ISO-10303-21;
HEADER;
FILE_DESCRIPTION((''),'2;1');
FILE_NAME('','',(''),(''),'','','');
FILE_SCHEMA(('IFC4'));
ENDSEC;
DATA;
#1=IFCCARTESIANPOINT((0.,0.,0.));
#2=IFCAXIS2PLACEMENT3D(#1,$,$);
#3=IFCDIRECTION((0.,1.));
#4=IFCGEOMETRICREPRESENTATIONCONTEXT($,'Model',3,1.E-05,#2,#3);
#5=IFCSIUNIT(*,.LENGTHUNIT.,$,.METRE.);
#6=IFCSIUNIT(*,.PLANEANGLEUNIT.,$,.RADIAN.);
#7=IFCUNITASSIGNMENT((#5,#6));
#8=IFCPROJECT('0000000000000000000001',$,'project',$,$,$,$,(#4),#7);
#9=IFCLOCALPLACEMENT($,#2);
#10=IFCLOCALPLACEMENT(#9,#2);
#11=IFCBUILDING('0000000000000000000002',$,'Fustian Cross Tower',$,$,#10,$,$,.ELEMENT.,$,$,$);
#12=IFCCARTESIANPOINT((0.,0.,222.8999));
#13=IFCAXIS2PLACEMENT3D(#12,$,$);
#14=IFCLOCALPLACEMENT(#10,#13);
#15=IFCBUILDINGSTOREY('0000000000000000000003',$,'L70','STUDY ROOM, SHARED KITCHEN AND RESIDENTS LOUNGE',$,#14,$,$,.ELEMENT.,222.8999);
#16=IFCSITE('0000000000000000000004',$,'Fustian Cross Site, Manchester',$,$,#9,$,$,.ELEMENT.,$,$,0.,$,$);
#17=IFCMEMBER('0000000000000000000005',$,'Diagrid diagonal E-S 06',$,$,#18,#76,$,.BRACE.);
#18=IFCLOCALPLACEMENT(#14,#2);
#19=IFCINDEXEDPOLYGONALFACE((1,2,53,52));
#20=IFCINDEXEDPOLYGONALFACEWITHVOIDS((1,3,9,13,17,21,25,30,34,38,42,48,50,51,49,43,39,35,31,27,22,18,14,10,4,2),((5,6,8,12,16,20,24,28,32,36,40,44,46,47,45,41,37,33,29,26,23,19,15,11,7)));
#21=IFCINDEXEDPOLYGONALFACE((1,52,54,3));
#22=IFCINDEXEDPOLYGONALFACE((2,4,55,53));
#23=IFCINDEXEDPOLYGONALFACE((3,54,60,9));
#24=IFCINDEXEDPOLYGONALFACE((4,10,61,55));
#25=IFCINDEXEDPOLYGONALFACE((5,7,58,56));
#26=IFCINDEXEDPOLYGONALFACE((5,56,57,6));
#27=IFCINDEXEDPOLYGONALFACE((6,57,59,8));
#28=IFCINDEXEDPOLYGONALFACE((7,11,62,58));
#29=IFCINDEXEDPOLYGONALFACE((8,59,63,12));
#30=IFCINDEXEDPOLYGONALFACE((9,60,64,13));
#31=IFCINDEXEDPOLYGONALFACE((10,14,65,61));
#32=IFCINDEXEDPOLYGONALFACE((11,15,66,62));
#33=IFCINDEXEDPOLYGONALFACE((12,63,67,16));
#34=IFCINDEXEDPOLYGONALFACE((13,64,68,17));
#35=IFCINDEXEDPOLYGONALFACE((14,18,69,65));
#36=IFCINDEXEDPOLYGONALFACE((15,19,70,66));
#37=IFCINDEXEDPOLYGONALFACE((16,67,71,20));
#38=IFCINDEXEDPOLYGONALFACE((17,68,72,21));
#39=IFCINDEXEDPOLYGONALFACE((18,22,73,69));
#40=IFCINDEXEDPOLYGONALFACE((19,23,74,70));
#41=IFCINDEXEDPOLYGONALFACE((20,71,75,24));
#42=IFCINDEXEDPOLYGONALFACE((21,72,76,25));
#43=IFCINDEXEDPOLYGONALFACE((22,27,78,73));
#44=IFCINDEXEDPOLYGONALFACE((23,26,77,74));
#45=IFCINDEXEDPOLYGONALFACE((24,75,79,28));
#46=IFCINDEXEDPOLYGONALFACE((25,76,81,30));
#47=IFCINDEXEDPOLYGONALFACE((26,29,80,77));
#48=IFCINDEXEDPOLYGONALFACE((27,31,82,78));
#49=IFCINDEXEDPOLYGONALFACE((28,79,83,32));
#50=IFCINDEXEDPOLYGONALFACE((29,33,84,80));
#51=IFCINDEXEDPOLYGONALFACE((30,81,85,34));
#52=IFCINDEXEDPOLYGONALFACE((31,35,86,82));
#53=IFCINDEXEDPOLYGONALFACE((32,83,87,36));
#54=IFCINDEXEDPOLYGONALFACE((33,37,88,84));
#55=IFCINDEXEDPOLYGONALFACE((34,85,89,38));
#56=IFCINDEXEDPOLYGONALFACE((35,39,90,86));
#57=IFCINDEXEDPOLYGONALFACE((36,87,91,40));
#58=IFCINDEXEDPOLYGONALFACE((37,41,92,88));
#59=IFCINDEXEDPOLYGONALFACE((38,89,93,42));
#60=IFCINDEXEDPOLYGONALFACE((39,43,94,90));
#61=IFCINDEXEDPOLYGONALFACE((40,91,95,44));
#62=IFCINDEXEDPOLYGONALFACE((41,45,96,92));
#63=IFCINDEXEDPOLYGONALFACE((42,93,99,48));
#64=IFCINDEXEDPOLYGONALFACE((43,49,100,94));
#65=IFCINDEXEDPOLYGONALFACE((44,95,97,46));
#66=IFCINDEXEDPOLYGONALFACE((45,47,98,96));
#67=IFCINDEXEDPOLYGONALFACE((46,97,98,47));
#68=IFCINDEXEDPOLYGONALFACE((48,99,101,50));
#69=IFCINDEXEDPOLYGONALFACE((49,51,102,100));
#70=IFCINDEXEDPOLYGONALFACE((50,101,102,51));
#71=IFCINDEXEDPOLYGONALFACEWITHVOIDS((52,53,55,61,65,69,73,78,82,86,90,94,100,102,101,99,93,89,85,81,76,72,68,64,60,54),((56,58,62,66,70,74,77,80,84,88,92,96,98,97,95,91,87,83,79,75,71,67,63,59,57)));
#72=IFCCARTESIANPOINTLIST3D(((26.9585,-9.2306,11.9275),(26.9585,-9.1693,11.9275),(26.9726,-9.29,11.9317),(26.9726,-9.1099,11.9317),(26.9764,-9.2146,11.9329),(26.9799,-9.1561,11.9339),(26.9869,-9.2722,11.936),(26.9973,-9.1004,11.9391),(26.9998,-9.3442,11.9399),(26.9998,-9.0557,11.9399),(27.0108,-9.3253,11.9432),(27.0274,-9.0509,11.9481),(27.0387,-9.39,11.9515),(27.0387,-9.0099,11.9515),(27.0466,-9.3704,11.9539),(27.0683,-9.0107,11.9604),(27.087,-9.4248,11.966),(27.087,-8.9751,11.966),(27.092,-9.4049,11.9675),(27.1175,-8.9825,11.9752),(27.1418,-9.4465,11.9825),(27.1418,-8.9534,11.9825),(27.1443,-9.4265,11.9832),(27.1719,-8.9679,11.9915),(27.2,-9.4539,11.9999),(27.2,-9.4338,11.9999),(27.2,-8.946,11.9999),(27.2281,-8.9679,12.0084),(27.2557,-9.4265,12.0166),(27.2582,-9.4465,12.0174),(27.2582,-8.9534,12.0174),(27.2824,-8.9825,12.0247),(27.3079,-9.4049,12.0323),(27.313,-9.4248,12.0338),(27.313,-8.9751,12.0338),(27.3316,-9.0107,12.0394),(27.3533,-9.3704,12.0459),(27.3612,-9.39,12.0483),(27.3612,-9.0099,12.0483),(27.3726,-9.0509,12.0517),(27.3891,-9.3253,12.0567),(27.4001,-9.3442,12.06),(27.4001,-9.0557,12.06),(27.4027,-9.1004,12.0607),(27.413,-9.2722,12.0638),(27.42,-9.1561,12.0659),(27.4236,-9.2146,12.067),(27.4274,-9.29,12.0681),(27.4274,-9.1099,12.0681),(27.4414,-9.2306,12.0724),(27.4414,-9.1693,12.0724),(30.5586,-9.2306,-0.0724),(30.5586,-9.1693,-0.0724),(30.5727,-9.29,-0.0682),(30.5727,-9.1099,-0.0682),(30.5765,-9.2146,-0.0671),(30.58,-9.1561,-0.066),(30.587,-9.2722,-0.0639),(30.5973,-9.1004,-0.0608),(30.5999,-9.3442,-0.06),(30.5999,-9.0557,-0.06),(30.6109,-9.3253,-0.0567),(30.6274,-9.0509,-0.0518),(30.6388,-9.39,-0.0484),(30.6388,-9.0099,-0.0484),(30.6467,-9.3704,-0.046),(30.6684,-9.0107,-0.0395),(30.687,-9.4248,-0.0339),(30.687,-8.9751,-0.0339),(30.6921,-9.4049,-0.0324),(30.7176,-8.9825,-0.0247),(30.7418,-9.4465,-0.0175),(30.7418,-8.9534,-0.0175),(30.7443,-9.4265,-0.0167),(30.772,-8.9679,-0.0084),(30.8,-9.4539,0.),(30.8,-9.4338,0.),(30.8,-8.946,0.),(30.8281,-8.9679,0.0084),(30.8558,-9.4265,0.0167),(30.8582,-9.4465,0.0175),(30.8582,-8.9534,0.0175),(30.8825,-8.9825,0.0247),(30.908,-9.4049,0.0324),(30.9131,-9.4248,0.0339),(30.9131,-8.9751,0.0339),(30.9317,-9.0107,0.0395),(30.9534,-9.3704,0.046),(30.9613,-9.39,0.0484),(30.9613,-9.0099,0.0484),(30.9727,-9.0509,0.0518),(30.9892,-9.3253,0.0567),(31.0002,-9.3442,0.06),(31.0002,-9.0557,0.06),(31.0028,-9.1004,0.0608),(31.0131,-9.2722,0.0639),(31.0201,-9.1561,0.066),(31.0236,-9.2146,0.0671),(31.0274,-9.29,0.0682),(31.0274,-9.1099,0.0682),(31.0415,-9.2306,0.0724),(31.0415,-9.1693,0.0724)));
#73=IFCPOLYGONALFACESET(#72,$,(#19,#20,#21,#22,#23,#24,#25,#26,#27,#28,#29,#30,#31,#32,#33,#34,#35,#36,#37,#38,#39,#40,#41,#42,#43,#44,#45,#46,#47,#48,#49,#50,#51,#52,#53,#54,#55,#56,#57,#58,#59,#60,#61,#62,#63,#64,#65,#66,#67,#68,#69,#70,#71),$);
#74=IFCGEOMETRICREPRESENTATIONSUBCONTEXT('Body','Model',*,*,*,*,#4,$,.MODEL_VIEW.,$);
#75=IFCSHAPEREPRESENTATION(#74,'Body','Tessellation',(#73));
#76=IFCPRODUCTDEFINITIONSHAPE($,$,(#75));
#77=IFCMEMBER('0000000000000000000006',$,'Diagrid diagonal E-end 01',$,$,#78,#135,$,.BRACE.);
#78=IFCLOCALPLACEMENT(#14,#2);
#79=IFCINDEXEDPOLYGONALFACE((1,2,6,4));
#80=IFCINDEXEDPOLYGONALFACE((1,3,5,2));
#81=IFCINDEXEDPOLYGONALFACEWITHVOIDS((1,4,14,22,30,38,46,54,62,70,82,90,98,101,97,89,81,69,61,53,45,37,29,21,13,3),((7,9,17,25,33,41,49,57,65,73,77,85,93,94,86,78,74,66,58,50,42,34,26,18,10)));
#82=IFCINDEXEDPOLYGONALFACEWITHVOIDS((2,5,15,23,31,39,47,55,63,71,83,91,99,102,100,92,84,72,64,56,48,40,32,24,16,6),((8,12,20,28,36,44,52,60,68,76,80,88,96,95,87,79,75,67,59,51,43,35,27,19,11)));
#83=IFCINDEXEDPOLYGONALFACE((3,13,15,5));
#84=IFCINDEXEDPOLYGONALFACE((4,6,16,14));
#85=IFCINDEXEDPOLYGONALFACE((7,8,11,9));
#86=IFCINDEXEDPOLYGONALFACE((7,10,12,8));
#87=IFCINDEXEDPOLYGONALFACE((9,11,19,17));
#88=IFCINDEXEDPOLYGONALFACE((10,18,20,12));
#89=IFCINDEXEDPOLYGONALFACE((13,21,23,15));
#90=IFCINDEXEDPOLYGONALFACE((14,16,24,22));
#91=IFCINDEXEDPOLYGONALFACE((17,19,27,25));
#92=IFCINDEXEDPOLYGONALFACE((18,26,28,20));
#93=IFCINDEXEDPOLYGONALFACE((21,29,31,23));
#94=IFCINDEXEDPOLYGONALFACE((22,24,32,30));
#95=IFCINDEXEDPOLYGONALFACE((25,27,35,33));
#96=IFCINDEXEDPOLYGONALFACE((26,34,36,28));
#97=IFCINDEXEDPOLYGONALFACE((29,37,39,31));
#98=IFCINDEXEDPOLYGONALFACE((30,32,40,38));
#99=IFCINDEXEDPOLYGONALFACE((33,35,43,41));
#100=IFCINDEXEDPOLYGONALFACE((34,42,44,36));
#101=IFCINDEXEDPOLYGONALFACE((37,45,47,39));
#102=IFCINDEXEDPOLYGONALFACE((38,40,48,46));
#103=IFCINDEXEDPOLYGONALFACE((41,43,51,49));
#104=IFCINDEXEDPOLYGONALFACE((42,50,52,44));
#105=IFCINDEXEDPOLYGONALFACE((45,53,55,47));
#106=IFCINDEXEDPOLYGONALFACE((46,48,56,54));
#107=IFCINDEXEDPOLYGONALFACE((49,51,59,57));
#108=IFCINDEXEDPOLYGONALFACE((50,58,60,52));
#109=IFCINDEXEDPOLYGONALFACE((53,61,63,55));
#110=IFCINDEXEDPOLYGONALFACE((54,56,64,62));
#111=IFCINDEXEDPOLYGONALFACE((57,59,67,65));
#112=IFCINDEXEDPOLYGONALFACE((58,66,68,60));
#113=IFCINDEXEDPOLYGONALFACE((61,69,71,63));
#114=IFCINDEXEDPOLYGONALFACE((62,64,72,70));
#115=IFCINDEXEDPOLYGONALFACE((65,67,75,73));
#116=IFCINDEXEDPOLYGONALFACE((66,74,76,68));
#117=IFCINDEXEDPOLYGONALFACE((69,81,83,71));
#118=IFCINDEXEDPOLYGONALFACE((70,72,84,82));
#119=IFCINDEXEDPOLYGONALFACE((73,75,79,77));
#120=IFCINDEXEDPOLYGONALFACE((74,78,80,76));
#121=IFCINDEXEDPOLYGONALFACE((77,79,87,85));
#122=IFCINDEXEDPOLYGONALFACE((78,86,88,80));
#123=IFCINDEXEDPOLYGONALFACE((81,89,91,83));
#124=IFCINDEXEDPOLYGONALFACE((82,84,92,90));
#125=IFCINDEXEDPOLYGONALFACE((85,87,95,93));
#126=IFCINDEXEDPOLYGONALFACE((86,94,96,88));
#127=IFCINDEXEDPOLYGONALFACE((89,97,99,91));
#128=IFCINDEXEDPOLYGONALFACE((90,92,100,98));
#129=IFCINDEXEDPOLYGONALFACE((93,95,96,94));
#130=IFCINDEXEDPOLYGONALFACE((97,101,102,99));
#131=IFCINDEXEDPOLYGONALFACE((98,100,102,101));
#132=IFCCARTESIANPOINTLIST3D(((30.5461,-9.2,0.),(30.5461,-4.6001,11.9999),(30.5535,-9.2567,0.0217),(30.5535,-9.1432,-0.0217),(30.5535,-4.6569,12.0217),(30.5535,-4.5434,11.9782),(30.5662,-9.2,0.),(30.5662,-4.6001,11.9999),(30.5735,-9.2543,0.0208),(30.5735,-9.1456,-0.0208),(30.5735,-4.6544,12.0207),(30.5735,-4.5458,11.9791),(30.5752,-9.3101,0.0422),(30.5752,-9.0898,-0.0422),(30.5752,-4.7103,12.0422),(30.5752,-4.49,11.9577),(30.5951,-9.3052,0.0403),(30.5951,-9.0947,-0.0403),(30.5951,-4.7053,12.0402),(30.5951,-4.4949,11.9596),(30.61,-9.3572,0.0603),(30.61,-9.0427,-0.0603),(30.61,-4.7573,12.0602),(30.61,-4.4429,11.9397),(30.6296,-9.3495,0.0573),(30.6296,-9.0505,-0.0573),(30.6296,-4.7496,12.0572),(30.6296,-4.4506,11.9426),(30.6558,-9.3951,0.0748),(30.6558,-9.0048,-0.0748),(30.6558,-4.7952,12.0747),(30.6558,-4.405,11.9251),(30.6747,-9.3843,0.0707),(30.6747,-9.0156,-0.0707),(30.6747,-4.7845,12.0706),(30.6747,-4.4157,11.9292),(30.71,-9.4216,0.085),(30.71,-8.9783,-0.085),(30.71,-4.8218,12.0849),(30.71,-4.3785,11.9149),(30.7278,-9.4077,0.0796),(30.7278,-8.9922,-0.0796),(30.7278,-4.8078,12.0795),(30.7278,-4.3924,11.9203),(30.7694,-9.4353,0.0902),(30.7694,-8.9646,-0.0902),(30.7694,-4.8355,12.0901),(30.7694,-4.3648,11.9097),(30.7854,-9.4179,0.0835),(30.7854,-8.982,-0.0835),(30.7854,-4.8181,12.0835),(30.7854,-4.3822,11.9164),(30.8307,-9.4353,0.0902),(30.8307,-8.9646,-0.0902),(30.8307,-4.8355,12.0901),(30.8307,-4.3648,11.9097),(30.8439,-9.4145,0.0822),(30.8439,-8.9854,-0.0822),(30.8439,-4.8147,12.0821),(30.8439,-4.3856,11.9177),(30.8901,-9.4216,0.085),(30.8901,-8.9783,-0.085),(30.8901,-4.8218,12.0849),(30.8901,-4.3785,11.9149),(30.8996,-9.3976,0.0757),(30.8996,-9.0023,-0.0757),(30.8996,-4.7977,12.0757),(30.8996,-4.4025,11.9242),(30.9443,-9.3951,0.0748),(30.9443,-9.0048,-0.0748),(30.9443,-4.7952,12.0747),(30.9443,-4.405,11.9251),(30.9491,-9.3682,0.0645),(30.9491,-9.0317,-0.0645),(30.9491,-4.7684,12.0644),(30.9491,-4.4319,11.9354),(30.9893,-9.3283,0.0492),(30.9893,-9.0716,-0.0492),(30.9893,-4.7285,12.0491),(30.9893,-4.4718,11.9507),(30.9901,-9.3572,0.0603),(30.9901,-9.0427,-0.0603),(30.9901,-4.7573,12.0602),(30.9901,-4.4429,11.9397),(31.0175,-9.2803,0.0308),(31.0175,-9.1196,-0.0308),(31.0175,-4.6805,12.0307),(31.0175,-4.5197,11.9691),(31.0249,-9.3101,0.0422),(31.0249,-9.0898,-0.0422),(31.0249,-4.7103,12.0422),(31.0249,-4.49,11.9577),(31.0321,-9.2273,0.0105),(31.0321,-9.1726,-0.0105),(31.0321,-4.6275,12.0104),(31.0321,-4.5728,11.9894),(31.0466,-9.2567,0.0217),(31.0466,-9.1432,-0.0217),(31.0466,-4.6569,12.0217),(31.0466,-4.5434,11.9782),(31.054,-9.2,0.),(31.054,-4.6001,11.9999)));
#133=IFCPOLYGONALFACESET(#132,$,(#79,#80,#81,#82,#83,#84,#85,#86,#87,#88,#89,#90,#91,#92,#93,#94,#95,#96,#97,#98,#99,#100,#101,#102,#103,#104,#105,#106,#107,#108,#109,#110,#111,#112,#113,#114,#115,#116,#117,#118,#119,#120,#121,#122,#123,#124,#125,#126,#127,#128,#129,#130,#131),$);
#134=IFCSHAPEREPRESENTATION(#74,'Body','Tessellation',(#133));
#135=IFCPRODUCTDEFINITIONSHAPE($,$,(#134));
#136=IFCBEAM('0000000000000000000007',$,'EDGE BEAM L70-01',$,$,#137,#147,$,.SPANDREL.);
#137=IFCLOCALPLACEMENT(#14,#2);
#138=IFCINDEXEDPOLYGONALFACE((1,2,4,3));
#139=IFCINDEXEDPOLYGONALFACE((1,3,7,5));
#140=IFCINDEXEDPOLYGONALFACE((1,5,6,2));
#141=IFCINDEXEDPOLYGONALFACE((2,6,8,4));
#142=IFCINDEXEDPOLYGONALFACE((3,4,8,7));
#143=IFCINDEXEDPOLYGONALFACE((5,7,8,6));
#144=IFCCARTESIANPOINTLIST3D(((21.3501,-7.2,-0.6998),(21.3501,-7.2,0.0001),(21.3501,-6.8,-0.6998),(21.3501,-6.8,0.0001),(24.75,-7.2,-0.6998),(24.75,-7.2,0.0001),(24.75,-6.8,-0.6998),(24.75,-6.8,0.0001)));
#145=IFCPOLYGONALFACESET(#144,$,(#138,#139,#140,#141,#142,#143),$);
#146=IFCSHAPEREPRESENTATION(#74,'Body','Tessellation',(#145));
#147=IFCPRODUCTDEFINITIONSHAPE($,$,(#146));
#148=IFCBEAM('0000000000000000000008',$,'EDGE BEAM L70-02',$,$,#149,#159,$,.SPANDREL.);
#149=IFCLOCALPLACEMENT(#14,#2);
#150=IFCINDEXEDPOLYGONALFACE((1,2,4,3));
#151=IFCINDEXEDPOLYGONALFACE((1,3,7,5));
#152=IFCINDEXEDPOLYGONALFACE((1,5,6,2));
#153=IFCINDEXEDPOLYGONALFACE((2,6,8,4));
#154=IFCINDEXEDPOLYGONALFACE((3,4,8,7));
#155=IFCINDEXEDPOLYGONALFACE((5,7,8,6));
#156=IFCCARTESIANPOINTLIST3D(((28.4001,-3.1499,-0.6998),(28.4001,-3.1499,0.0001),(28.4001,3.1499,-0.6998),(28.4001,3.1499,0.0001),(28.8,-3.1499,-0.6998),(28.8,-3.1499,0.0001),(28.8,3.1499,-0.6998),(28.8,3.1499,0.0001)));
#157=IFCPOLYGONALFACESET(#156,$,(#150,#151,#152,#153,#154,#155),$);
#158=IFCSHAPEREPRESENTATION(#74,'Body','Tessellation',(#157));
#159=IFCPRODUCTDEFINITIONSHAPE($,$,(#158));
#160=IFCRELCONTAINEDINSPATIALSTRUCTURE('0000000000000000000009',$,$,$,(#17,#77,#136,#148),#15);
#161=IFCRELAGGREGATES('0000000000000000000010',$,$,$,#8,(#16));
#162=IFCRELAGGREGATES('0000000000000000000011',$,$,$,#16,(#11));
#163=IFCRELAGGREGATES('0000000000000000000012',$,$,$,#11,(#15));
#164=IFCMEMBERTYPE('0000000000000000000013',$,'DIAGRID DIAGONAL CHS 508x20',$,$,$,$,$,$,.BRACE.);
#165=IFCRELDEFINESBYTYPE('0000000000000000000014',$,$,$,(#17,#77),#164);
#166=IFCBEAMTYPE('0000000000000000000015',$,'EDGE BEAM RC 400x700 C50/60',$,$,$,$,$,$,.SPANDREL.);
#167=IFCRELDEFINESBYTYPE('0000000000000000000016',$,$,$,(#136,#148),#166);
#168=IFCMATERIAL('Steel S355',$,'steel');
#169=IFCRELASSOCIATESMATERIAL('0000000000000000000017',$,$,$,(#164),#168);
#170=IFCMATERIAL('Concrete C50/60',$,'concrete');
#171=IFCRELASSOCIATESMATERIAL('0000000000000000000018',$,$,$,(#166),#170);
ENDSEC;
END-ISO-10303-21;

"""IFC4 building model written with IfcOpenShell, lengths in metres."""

from ifc_helpers import new_model, si_unit, direction, frame, origin, origin_2d, place, context, subcontext, project, spatial, rectangle, hollow_circle, extrude, material, material_profile, profile_set, type_object, element, save


model = new_model("IFC4")

# Units and contexts
model_context = context("Model", 3, precision=1e-05, world=origin(), true_north=direction((0.0, 1.0)))
body_context = subcontext(model_context, "Body", "Model", "MODEL_VIEW")
ifc_project = project(units=[si_unit("LENGTHUNIT", "METRE"), si_unit("PLANEANGLEUNIT", "RADIAN")], contexts=[model_context])

# Site, building, storey
site_placement = place(None, origin())
site = spatial("IfcSite", under=ifc_project, at=site_placement, Name="Fustian Cross Site, Manchester", CompositionType="ELEMENT", RefElevation=0.0)
building_placement = place(site_placement, origin())
building = spatial("IfcBuilding", under=site, at=building_placement, Name="Fustian Cross Tower", CompositionType="ELEMENT")
storey_placement = place(building_placement, frame((0.0, 0.0, 222.8999)))
storey = spatial("IfcBuildingStorey", under=building, at=storey_placement, Name="L70", Description="STUDY ROOM, SHARED KITCHEN AND RESIDENTS LOUNGE", CompositionType="ELEMENT", Elevation=222.8999)

# Members
ifc_material_1 = material(Name="Steel S355", Category="steel")
ifc_material_profile_1 = material_profile(ifc_material_1, hollow_circle(Radius=0.2539, WallThickness=0.02, at=origin_2d()), Name="CHS 508x20")
ifc_profile_set_1 = profile_set([ifc_material_profile_1], Name="Steel S355")
member_type_1 = type_object("IfcMemberType", Name="DIAGRID DIAGONAL CHS 508x20", PredefinedType="BRACE", material=ifc_profile_set_1)
member_1_placement = place(storey_placement, frame((30.8, -9.2, 0.0), z_axis=(-0.287355, 0.0, 0.957824), x_axis=(0.0, -1.0, 0.0)))
element("IfcMember", 1, at=member_1_placement, inside=storey, type_object=member_type_1, Name="Diagrid diagonal E-S 06", PredefinedType="BRACE", context=body_context, shape_type="SweptSolid", body=[
    extrude(hollow_circle(Radius=0.2539, WallThickness=0.02, at=origin_2d()), origin(), (0.0, 0.0, 1.0), 12.5283),
])
member_2_placement = place(storey_placement, frame((30.8, -9.2, 0.0), z_axis=(0.0, 0.357926, 0.93375), x_axis=(-1.0, 0.0, 0.0)))
element("IfcMember", 2, at=member_2_placement, inside=storey, type_object=member_type_1, Name="Diagrid diagonal E-end 01", PredefinedType="BRACE", context=body_context, shape_type="SweptSolid", body=[
    extrude(hollow_circle(Radius=0.2539, WallThickness=0.02, at=origin_2d()), origin(), (0.0, 0.0, 1.0), 12.8513),
])

# Beams
ifc_material_2 = material(Name="Concrete C50/60", Category="concrete")
ifc_material_profile_2 = material_profile(ifc_material_2, rectangle(XDim=0.3999, YDim=0.7, at=origin_2d()), Name="RC 400x700")
ifc_profile_set_2 = profile_set([ifc_material_profile_2], Name="Concrete C50/60")
beam_type = type_object("IfcBeamType", Name="EDGE BEAM RC 400x700 C50/60", PredefinedType="SPANDREL", material=ifc_profile_set_2)
beam_1_placement = place(storey_placement, frame((21.3501, -7.0, -0.3499), z_axis=(1.0, 0.0, 0.0), x_axis=(0.0, 1.0, 0.0)))
element("IfcBeam", 3, at=beam_1_placement, inside=storey, type_object=beam_type, Name="EDGE BEAM L70-01", PredefinedType="SPANDREL", context=body_context, shape_type="SweptSolid", body=[
    extrude(rectangle(XDim=0.3999, YDim=0.7, at=origin_2d()), origin(), (0.0, 0.0, 1.0), 3.3999),
])
beam_2_placement = place(storey_placement, frame((28.6001, -3.1499, -0.3499), z_axis=(0.0, 1.0, 0.0), x_axis=(-1.0, 0.0, 0.0)))
element("IfcBeam", 4, at=beam_2_placement, inside=storey, type_object=beam_type, Name="EDGE BEAM L70-02", PredefinedType="SPANDREL", context=body_context, shape_type="SweptSolid", body=[
    extrude(rectangle(XDim=0.3999, YDim=0.7, at=origin_2d()), origin(), (0.0, 0.0, 1.0), 6.2998),
])

save(model, "model.ifc")
